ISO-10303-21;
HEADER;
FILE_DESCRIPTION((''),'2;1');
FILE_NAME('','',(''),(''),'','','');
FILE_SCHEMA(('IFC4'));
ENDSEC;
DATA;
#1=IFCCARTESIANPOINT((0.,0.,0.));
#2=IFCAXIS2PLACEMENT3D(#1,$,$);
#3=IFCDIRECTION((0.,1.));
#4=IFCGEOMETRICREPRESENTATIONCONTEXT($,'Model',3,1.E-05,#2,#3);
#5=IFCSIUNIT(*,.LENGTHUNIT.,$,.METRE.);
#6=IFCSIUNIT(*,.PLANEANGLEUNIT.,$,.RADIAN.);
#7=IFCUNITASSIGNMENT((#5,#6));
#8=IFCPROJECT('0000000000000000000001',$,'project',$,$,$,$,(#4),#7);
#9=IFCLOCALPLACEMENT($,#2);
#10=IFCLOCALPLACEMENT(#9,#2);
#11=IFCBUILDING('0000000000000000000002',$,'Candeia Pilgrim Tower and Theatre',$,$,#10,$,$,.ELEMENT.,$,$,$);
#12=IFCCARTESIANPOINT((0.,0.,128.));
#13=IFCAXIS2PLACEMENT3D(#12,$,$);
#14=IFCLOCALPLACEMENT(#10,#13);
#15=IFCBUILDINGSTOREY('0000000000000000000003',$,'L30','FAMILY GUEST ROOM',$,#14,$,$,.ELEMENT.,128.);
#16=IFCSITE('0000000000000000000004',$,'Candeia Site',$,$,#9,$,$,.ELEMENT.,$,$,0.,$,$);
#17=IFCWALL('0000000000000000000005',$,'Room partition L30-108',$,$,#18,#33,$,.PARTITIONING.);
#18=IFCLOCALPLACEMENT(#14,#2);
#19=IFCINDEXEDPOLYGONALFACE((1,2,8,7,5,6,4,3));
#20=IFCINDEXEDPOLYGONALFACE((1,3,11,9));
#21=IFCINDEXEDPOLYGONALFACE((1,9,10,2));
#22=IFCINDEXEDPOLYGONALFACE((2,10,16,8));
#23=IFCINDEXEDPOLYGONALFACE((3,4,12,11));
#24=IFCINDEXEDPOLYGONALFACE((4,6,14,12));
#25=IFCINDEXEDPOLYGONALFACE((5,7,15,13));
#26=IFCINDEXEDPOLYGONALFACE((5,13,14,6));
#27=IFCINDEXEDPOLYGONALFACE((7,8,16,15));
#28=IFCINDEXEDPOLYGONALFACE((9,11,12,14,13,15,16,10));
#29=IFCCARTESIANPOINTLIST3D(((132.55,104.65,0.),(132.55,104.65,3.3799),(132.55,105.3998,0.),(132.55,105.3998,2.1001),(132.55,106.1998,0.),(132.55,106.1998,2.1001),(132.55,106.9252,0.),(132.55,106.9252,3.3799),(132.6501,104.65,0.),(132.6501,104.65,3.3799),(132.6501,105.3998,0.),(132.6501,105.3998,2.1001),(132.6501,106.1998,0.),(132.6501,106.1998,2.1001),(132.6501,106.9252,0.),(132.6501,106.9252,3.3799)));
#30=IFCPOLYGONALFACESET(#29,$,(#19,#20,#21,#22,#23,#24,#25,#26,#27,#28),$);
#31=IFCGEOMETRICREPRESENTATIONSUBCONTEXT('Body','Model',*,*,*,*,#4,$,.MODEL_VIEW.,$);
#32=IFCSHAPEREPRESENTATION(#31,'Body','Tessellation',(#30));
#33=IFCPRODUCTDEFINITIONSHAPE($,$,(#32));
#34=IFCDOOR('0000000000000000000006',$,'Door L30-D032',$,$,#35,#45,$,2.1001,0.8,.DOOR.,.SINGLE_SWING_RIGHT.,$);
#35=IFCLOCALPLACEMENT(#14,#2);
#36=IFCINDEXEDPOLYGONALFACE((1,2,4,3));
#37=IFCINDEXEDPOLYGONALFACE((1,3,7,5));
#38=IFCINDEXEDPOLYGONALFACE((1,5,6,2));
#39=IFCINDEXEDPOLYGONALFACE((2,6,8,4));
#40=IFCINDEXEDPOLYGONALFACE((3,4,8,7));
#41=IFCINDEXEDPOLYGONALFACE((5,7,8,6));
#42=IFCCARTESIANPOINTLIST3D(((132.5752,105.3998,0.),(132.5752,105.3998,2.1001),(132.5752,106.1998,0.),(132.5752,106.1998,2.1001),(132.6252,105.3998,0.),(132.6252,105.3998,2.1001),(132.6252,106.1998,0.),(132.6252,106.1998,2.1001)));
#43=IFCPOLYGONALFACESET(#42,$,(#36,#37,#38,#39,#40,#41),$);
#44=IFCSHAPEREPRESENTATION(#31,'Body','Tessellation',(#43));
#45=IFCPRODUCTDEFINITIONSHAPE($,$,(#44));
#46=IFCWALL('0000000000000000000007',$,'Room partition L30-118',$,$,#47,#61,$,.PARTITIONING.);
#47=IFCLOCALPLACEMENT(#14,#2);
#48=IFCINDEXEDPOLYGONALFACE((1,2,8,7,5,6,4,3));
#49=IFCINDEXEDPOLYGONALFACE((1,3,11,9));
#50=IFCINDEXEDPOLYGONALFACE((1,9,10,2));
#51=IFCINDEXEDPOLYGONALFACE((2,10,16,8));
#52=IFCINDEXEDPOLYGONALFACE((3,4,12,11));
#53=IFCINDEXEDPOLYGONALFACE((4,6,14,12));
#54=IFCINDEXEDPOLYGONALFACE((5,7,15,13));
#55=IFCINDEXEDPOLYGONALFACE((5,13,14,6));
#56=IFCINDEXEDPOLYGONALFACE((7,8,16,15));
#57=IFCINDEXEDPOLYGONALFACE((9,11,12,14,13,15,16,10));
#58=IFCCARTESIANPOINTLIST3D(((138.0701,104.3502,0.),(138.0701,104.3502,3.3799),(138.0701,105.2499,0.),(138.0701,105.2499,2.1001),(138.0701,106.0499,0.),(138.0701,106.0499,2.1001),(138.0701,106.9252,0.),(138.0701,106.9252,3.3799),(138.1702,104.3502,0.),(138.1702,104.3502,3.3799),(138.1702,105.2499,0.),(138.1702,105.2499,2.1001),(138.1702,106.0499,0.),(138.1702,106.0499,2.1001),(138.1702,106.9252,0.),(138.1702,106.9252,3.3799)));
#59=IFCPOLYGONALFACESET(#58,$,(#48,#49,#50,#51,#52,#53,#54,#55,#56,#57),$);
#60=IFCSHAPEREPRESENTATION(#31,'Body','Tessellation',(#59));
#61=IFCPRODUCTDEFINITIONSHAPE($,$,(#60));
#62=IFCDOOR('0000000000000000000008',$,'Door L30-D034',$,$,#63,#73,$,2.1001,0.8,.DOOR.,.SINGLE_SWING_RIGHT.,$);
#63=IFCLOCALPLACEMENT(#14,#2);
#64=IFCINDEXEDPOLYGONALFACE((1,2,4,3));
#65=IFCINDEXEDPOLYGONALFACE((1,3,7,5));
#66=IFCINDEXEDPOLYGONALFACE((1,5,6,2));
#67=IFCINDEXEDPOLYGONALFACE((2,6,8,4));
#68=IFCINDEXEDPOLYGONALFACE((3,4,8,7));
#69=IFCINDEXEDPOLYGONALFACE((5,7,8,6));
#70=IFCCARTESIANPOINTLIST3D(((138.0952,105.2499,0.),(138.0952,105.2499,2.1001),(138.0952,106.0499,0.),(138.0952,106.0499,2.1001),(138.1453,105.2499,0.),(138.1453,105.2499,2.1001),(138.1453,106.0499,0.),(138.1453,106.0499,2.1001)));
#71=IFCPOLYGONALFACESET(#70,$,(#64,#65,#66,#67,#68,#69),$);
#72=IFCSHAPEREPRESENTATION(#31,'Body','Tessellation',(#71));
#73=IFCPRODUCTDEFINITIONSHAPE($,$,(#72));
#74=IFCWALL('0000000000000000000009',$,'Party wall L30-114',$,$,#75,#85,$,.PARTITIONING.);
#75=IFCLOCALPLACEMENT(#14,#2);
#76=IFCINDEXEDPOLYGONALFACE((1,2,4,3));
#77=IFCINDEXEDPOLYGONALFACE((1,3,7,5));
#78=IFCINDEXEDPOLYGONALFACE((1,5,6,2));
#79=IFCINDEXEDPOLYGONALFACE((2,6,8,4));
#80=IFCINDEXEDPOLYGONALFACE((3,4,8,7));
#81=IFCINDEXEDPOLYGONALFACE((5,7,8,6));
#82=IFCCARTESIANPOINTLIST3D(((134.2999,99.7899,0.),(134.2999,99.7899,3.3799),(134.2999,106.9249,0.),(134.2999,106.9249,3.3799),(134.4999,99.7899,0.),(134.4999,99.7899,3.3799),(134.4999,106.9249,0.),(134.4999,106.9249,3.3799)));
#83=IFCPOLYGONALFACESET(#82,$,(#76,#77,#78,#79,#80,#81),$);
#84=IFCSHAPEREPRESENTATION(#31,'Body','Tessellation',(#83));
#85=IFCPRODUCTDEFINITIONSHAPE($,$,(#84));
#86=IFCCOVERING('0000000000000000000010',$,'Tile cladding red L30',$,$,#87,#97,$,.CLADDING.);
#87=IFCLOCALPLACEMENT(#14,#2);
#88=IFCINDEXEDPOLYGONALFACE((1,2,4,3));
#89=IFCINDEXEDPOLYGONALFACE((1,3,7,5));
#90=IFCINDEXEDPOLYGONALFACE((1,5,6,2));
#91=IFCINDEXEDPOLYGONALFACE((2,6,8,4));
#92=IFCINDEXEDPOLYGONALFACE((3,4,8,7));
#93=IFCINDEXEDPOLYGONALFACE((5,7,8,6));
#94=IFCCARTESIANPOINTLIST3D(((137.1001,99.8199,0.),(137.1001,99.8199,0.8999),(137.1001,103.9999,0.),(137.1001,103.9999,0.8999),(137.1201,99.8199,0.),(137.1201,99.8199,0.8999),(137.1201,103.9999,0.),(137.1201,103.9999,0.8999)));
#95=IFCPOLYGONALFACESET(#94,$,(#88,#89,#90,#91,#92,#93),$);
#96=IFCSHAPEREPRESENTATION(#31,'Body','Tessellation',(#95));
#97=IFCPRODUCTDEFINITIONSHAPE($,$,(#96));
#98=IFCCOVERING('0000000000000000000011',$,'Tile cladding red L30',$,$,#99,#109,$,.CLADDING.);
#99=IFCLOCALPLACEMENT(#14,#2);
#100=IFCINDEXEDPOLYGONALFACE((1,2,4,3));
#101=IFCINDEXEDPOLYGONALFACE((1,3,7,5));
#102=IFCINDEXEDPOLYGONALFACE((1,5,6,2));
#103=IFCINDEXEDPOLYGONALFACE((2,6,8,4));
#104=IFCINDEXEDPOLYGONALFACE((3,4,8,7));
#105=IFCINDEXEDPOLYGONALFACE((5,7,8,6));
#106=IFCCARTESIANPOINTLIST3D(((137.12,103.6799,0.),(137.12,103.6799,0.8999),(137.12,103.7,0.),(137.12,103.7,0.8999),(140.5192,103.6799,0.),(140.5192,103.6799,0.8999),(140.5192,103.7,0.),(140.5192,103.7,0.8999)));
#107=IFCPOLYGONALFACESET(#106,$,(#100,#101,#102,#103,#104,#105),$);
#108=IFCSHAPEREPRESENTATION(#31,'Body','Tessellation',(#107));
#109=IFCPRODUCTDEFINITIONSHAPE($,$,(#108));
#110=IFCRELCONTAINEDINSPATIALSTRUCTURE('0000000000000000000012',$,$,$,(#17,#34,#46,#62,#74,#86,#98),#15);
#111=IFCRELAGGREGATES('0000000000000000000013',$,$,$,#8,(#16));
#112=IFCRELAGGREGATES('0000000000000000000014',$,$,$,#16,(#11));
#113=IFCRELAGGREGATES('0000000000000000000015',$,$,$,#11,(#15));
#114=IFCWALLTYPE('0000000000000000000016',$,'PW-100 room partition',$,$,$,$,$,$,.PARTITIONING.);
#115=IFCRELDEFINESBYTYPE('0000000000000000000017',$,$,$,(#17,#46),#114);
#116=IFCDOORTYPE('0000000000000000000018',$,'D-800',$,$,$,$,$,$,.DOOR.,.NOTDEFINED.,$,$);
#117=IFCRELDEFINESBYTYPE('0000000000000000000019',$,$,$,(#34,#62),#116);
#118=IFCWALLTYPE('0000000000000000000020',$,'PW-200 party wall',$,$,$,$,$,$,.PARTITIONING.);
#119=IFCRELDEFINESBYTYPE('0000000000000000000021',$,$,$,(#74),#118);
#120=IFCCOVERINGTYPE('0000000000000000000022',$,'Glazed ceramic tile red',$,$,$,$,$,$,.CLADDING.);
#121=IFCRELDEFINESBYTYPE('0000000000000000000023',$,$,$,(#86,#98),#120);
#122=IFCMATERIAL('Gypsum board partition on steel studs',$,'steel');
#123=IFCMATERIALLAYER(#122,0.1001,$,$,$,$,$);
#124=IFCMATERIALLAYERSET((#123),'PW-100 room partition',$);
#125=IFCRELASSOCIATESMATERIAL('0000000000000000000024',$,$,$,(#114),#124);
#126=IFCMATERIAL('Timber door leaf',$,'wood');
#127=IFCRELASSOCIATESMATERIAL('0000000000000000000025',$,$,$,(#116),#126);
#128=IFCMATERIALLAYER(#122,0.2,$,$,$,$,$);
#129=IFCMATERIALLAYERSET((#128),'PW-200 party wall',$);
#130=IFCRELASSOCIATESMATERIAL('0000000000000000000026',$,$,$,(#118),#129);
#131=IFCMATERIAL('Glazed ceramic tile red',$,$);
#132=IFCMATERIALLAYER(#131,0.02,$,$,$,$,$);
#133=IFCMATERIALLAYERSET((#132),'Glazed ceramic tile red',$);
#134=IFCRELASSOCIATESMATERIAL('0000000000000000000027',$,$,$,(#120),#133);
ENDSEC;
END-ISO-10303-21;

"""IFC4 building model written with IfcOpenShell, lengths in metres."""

from ifc_helpers import new_model, si_unit, direction, frame, frame_2d, origin, origin_2d, place, context, subcontext, project, spatial, rectangle, extrude, material, layer, layer_set, type_object, element, fill, save


model = new_model("IFC4")

# Units and contexts
model_context = context("Model", 3, precision=1e-05, world=origin(), true_north=direction((0.0, 1.0)))
body_context = subcontext(model_context, "Body", "Model", "MODEL_VIEW")
ifc_project = project(units=[si_unit("LENGTHUNIT", "METRE"), si_unit("PLANEANGLEUNIT", "RADIAN")], contexts=[model_context])

# Site, building, storey
site_placement = place(None, origin())
site = spatial("IfcSite", under=ifc_project, at=site_placement, Name="Candeia Site", CompositionType="ELEMENT", RefElevation=0.0)
building_placement = place(site_placement, origin())
building = spatial("IfcBuilding", under=site, at=building_placement, Name="Candeia Pilgrim Tower and Theatre", CompositionType="ELEMENT")
storey_placement = place(building_placement, frame((0.0, 0.0, 128.0)))
storey = spatial("IfcBuildingStorey", under=building, at=storey_placement, Name="L30", Description="FAMILY GUEST ROOM", CompositionType="ELEMENT", Elevation=128.0)

# Shared definitions
ifc_material_1 = material(Name="Gypsum board partition on steel studs", Category="steel")
ifc_layer_1 = layer(ifc_material_1, 0.1001)
ifc_layer_set_1 = layer_set([ifc_layer_1], Name="PW-100 room partition")
wall_type_1 = type_object("IfcWallType", Name="PW-100 room partition", PredefinedType="PARTITIONING", material=ifc_layer_set_1)

# Walls, openings, doors
wall_1_placement = place(storey_placement, frame((132.6001, 104.6499, 0.0), z_axis=(0.0, 0.0, 1.0), x_axis=(0.0, 1.0, 0.0)))
wall_1 = element("IfcWall", 1, at=wall_1_placement, inside=storey, type_object=wall_type_1, Name="Room partition L30-108", PredefinedType="PARTITIONING", context=body_context, shape_type="SweptSolid", body=[
    extrude(rectangle(XDim=2.2751, YDim=0.1001, at=frame_2d((1.1377, 0.0))), origin(), (0.0, 0.0, 1.0), 3.3799),
])
opening_1_placement = place(wall_1_placement, frame((0.75, 0.0, 0.0)))
opening_1 = element("IfcOpeningElement", 2, at=opening_1_placement, cuts=wall_1, PredefinedType="OPENING", context=body_context, shape_type="SweptSolid", body=[
    extrude(rectangle(XDim=0.8, YDim=2.1001, at=frame_2d((0.3999, 1.05))), frame((0.0, 0.0601, 0.0), z_axis=(0.0, -1.0, 0.0), x_axis=(1.0, 0.0, 0.0)), (0.0, 0.0, 1.0), 0.1201),
])
ifc_material_2 = material(Name="Timber door leaf", Category="wood")
door_type_1 = type_object("IfcDoorType", Name="D-800", OperationType="NOTDEFINED", PredefinedType="DOOR", material=ifc_material_2)
door_1_placement = place(opening_1_placement, origin())
door_1 = element("IfcDoor", 3, at=door_1_placement, inside=storey, type_object=door_type_1, Name="Door L30-D032", OperationType="SINGLE_SWING_RIGHT", OverallHeight=2.1001, OverallWidth=0.8, PredefinedType="DOOR", context=body_context, shape_type="SweptSolid", body=[
    extrude(rectangle(XDim=0.8, YDim=2.1001, at=frame_2d((0.3999, 1.05))), frame((0.0, 0.0249, 0.0), z_axis=(0.0, -1.0, 0.0), x_axis=(1.0, 0.0, 0.0)), (0.0, 0.0, 1.0), 0.05),
])
fill(opening_1, door_1)
wall_2_placement = place(storey_placement, frame((138.1201, 104.3501, 0.0), z_axis=(0.0, 0.0, 1.0), x_axis=(0.0, 1.0, 0.0)))
wall_2 = element("IfcWall", 4, at=wall_2_placement, inside=storey, type_object=wall_type_1, Name="Room partition L30-118", PredefinedType="PARTITIONING", context=body_context, shape_type="SweptSolid", body=[
    extrude(rectangle(XDim=2.575, YDim=0.1001, at=frame_2d((1.2876, 0.0))), origin(), (0.0, 0.0, 1.0), 3.3799),
])
opening_2_placement = place(wall_2_placement, frame((0.8999, 0.0, 0.0)))
opening_2 = element("IfcOpeningElement", 5, at=opening_2_placement, cuts=wall_2, PredefinedType="OPENING", context=body_context, shape_type="SweptSolid", body=[
    extrude(rectangle(XDim=0.8, YDim=2.1001, at=frame_2d((0.3999, 1.05))), frame((0.0, 0.0601, 0.0), z_axis=(0.0, -1.0, 0.0), x_axis=(1.0, 0.0, 0.0)), (0.0, 0.0, 1.0), 0.1201),
])
door_2_placement = place(opening_2_placement, origin())
door_2 = element("IfcDoor", 6, at=door_2_placement, inside=storey, type_object=door_type_1, Name="Door L30-D034", OperationType="SINGLE_SWING_RIGHT", OverallHeight=2.1001, OverallWidth=0.8, PredefinedType="DOOR", context=body_context, shape_type="SweptSolid", body=[
    extrude(rectangle(XDim=0.8, YDim=2.1001, at=frame_2d((0.3999, 1.05))), frame((0.0, 0.0249, 0.0), z_axis=(0.0, -1.0, 0.0), x_axis=(1.0, 0.0, 0.0)), (0.0, 0.0, 1.0), 0.05),
])
fill(opening_2, door_2)

# Wall
ifc_layer_2 = layer(ifc_material_1, 0.2)
ifc_layer_set_2 = layer_set([ifc_layer_2], Name="PW-200 party wall")
wall_type_2 = type_object("IfcWallType", Name="PW-200 party wall", PredefinedType="PARTITIONING", material=ifc_layer_set_2)
wall_3_placement = place(storey_placement, frame((134.3999, 99.79, 0.0), z_axis=(0.0, 0.0, 1.0), x_axis=(0.0, 1.0, 0.0)))
element("IfcWall", 7, at=wall_3_placement, inside=storey, type_object=wall_type_2, Name="Party wall L30-114", PredefinedType="PARTITIONING", context=body_context, shape_type="SweptSolid", body=[
    extrude(rectangle(XDim=7.135, YDim=0.2, at=frame_2d((3.5674, 0.0))), origin(), (0.0, 0.0, 1.0), 3.3799),
])

# Coverings
ifc_material_3 = material(Name="Glazed ceramic tile red")
ifc_layer_3 = layer(ifc_material_3, 0.02)
ifc_layer_set_3 = layer_set([ifc_layer_3], Name="Glazed ceramic tile red")
covering_type = type_object("IfcCoveringType", Name="Glazed ceramic tile red", PredefinedType="CLADDING", material=ifc_layer_set_3)
covering_1_placement = place(storey_placement, frame((137.1101, 101.9099, 0.0), z_axis=(0.0, 0.0, 1.0), x_axis=(0.0, 1.0, 0.0)))
element("IfcCovering", 8, at=covering_1_placement, inside=storey, type_object=covering_type, Name="Tile cladding red L30", PredefinedType="CLADDING", context=body_context, shape_type="SweptSolid", body=[
    extrude(rectangle(XDim=4.1799, YDim=0.02, at=origin_2d()), origin(), (0.0, 0.0, 1.0), 0.8999),
])
covering_2_placement = place(storey_placement, frame((138.8196, 103.6899, 0.0), z_axis=(0.0, 0.0, 1.0), x_axis=(1.0, 0.0, 0.0)))
element("IfcCovering", 9, at=covering_2_placement, inside=storey, type_object=covering_type, Name="Tile cladding red L30", PredefinedType="CLADDING", context=body_context, shape_type="SweptSolid", body=[
    extrude(rectangle(XDim=3.3992, YDim=0.02, at=origin_2d()), origin(), (0.0, 0.0, 1.0), 0.8999),
])

save(model, "model.ifc")
